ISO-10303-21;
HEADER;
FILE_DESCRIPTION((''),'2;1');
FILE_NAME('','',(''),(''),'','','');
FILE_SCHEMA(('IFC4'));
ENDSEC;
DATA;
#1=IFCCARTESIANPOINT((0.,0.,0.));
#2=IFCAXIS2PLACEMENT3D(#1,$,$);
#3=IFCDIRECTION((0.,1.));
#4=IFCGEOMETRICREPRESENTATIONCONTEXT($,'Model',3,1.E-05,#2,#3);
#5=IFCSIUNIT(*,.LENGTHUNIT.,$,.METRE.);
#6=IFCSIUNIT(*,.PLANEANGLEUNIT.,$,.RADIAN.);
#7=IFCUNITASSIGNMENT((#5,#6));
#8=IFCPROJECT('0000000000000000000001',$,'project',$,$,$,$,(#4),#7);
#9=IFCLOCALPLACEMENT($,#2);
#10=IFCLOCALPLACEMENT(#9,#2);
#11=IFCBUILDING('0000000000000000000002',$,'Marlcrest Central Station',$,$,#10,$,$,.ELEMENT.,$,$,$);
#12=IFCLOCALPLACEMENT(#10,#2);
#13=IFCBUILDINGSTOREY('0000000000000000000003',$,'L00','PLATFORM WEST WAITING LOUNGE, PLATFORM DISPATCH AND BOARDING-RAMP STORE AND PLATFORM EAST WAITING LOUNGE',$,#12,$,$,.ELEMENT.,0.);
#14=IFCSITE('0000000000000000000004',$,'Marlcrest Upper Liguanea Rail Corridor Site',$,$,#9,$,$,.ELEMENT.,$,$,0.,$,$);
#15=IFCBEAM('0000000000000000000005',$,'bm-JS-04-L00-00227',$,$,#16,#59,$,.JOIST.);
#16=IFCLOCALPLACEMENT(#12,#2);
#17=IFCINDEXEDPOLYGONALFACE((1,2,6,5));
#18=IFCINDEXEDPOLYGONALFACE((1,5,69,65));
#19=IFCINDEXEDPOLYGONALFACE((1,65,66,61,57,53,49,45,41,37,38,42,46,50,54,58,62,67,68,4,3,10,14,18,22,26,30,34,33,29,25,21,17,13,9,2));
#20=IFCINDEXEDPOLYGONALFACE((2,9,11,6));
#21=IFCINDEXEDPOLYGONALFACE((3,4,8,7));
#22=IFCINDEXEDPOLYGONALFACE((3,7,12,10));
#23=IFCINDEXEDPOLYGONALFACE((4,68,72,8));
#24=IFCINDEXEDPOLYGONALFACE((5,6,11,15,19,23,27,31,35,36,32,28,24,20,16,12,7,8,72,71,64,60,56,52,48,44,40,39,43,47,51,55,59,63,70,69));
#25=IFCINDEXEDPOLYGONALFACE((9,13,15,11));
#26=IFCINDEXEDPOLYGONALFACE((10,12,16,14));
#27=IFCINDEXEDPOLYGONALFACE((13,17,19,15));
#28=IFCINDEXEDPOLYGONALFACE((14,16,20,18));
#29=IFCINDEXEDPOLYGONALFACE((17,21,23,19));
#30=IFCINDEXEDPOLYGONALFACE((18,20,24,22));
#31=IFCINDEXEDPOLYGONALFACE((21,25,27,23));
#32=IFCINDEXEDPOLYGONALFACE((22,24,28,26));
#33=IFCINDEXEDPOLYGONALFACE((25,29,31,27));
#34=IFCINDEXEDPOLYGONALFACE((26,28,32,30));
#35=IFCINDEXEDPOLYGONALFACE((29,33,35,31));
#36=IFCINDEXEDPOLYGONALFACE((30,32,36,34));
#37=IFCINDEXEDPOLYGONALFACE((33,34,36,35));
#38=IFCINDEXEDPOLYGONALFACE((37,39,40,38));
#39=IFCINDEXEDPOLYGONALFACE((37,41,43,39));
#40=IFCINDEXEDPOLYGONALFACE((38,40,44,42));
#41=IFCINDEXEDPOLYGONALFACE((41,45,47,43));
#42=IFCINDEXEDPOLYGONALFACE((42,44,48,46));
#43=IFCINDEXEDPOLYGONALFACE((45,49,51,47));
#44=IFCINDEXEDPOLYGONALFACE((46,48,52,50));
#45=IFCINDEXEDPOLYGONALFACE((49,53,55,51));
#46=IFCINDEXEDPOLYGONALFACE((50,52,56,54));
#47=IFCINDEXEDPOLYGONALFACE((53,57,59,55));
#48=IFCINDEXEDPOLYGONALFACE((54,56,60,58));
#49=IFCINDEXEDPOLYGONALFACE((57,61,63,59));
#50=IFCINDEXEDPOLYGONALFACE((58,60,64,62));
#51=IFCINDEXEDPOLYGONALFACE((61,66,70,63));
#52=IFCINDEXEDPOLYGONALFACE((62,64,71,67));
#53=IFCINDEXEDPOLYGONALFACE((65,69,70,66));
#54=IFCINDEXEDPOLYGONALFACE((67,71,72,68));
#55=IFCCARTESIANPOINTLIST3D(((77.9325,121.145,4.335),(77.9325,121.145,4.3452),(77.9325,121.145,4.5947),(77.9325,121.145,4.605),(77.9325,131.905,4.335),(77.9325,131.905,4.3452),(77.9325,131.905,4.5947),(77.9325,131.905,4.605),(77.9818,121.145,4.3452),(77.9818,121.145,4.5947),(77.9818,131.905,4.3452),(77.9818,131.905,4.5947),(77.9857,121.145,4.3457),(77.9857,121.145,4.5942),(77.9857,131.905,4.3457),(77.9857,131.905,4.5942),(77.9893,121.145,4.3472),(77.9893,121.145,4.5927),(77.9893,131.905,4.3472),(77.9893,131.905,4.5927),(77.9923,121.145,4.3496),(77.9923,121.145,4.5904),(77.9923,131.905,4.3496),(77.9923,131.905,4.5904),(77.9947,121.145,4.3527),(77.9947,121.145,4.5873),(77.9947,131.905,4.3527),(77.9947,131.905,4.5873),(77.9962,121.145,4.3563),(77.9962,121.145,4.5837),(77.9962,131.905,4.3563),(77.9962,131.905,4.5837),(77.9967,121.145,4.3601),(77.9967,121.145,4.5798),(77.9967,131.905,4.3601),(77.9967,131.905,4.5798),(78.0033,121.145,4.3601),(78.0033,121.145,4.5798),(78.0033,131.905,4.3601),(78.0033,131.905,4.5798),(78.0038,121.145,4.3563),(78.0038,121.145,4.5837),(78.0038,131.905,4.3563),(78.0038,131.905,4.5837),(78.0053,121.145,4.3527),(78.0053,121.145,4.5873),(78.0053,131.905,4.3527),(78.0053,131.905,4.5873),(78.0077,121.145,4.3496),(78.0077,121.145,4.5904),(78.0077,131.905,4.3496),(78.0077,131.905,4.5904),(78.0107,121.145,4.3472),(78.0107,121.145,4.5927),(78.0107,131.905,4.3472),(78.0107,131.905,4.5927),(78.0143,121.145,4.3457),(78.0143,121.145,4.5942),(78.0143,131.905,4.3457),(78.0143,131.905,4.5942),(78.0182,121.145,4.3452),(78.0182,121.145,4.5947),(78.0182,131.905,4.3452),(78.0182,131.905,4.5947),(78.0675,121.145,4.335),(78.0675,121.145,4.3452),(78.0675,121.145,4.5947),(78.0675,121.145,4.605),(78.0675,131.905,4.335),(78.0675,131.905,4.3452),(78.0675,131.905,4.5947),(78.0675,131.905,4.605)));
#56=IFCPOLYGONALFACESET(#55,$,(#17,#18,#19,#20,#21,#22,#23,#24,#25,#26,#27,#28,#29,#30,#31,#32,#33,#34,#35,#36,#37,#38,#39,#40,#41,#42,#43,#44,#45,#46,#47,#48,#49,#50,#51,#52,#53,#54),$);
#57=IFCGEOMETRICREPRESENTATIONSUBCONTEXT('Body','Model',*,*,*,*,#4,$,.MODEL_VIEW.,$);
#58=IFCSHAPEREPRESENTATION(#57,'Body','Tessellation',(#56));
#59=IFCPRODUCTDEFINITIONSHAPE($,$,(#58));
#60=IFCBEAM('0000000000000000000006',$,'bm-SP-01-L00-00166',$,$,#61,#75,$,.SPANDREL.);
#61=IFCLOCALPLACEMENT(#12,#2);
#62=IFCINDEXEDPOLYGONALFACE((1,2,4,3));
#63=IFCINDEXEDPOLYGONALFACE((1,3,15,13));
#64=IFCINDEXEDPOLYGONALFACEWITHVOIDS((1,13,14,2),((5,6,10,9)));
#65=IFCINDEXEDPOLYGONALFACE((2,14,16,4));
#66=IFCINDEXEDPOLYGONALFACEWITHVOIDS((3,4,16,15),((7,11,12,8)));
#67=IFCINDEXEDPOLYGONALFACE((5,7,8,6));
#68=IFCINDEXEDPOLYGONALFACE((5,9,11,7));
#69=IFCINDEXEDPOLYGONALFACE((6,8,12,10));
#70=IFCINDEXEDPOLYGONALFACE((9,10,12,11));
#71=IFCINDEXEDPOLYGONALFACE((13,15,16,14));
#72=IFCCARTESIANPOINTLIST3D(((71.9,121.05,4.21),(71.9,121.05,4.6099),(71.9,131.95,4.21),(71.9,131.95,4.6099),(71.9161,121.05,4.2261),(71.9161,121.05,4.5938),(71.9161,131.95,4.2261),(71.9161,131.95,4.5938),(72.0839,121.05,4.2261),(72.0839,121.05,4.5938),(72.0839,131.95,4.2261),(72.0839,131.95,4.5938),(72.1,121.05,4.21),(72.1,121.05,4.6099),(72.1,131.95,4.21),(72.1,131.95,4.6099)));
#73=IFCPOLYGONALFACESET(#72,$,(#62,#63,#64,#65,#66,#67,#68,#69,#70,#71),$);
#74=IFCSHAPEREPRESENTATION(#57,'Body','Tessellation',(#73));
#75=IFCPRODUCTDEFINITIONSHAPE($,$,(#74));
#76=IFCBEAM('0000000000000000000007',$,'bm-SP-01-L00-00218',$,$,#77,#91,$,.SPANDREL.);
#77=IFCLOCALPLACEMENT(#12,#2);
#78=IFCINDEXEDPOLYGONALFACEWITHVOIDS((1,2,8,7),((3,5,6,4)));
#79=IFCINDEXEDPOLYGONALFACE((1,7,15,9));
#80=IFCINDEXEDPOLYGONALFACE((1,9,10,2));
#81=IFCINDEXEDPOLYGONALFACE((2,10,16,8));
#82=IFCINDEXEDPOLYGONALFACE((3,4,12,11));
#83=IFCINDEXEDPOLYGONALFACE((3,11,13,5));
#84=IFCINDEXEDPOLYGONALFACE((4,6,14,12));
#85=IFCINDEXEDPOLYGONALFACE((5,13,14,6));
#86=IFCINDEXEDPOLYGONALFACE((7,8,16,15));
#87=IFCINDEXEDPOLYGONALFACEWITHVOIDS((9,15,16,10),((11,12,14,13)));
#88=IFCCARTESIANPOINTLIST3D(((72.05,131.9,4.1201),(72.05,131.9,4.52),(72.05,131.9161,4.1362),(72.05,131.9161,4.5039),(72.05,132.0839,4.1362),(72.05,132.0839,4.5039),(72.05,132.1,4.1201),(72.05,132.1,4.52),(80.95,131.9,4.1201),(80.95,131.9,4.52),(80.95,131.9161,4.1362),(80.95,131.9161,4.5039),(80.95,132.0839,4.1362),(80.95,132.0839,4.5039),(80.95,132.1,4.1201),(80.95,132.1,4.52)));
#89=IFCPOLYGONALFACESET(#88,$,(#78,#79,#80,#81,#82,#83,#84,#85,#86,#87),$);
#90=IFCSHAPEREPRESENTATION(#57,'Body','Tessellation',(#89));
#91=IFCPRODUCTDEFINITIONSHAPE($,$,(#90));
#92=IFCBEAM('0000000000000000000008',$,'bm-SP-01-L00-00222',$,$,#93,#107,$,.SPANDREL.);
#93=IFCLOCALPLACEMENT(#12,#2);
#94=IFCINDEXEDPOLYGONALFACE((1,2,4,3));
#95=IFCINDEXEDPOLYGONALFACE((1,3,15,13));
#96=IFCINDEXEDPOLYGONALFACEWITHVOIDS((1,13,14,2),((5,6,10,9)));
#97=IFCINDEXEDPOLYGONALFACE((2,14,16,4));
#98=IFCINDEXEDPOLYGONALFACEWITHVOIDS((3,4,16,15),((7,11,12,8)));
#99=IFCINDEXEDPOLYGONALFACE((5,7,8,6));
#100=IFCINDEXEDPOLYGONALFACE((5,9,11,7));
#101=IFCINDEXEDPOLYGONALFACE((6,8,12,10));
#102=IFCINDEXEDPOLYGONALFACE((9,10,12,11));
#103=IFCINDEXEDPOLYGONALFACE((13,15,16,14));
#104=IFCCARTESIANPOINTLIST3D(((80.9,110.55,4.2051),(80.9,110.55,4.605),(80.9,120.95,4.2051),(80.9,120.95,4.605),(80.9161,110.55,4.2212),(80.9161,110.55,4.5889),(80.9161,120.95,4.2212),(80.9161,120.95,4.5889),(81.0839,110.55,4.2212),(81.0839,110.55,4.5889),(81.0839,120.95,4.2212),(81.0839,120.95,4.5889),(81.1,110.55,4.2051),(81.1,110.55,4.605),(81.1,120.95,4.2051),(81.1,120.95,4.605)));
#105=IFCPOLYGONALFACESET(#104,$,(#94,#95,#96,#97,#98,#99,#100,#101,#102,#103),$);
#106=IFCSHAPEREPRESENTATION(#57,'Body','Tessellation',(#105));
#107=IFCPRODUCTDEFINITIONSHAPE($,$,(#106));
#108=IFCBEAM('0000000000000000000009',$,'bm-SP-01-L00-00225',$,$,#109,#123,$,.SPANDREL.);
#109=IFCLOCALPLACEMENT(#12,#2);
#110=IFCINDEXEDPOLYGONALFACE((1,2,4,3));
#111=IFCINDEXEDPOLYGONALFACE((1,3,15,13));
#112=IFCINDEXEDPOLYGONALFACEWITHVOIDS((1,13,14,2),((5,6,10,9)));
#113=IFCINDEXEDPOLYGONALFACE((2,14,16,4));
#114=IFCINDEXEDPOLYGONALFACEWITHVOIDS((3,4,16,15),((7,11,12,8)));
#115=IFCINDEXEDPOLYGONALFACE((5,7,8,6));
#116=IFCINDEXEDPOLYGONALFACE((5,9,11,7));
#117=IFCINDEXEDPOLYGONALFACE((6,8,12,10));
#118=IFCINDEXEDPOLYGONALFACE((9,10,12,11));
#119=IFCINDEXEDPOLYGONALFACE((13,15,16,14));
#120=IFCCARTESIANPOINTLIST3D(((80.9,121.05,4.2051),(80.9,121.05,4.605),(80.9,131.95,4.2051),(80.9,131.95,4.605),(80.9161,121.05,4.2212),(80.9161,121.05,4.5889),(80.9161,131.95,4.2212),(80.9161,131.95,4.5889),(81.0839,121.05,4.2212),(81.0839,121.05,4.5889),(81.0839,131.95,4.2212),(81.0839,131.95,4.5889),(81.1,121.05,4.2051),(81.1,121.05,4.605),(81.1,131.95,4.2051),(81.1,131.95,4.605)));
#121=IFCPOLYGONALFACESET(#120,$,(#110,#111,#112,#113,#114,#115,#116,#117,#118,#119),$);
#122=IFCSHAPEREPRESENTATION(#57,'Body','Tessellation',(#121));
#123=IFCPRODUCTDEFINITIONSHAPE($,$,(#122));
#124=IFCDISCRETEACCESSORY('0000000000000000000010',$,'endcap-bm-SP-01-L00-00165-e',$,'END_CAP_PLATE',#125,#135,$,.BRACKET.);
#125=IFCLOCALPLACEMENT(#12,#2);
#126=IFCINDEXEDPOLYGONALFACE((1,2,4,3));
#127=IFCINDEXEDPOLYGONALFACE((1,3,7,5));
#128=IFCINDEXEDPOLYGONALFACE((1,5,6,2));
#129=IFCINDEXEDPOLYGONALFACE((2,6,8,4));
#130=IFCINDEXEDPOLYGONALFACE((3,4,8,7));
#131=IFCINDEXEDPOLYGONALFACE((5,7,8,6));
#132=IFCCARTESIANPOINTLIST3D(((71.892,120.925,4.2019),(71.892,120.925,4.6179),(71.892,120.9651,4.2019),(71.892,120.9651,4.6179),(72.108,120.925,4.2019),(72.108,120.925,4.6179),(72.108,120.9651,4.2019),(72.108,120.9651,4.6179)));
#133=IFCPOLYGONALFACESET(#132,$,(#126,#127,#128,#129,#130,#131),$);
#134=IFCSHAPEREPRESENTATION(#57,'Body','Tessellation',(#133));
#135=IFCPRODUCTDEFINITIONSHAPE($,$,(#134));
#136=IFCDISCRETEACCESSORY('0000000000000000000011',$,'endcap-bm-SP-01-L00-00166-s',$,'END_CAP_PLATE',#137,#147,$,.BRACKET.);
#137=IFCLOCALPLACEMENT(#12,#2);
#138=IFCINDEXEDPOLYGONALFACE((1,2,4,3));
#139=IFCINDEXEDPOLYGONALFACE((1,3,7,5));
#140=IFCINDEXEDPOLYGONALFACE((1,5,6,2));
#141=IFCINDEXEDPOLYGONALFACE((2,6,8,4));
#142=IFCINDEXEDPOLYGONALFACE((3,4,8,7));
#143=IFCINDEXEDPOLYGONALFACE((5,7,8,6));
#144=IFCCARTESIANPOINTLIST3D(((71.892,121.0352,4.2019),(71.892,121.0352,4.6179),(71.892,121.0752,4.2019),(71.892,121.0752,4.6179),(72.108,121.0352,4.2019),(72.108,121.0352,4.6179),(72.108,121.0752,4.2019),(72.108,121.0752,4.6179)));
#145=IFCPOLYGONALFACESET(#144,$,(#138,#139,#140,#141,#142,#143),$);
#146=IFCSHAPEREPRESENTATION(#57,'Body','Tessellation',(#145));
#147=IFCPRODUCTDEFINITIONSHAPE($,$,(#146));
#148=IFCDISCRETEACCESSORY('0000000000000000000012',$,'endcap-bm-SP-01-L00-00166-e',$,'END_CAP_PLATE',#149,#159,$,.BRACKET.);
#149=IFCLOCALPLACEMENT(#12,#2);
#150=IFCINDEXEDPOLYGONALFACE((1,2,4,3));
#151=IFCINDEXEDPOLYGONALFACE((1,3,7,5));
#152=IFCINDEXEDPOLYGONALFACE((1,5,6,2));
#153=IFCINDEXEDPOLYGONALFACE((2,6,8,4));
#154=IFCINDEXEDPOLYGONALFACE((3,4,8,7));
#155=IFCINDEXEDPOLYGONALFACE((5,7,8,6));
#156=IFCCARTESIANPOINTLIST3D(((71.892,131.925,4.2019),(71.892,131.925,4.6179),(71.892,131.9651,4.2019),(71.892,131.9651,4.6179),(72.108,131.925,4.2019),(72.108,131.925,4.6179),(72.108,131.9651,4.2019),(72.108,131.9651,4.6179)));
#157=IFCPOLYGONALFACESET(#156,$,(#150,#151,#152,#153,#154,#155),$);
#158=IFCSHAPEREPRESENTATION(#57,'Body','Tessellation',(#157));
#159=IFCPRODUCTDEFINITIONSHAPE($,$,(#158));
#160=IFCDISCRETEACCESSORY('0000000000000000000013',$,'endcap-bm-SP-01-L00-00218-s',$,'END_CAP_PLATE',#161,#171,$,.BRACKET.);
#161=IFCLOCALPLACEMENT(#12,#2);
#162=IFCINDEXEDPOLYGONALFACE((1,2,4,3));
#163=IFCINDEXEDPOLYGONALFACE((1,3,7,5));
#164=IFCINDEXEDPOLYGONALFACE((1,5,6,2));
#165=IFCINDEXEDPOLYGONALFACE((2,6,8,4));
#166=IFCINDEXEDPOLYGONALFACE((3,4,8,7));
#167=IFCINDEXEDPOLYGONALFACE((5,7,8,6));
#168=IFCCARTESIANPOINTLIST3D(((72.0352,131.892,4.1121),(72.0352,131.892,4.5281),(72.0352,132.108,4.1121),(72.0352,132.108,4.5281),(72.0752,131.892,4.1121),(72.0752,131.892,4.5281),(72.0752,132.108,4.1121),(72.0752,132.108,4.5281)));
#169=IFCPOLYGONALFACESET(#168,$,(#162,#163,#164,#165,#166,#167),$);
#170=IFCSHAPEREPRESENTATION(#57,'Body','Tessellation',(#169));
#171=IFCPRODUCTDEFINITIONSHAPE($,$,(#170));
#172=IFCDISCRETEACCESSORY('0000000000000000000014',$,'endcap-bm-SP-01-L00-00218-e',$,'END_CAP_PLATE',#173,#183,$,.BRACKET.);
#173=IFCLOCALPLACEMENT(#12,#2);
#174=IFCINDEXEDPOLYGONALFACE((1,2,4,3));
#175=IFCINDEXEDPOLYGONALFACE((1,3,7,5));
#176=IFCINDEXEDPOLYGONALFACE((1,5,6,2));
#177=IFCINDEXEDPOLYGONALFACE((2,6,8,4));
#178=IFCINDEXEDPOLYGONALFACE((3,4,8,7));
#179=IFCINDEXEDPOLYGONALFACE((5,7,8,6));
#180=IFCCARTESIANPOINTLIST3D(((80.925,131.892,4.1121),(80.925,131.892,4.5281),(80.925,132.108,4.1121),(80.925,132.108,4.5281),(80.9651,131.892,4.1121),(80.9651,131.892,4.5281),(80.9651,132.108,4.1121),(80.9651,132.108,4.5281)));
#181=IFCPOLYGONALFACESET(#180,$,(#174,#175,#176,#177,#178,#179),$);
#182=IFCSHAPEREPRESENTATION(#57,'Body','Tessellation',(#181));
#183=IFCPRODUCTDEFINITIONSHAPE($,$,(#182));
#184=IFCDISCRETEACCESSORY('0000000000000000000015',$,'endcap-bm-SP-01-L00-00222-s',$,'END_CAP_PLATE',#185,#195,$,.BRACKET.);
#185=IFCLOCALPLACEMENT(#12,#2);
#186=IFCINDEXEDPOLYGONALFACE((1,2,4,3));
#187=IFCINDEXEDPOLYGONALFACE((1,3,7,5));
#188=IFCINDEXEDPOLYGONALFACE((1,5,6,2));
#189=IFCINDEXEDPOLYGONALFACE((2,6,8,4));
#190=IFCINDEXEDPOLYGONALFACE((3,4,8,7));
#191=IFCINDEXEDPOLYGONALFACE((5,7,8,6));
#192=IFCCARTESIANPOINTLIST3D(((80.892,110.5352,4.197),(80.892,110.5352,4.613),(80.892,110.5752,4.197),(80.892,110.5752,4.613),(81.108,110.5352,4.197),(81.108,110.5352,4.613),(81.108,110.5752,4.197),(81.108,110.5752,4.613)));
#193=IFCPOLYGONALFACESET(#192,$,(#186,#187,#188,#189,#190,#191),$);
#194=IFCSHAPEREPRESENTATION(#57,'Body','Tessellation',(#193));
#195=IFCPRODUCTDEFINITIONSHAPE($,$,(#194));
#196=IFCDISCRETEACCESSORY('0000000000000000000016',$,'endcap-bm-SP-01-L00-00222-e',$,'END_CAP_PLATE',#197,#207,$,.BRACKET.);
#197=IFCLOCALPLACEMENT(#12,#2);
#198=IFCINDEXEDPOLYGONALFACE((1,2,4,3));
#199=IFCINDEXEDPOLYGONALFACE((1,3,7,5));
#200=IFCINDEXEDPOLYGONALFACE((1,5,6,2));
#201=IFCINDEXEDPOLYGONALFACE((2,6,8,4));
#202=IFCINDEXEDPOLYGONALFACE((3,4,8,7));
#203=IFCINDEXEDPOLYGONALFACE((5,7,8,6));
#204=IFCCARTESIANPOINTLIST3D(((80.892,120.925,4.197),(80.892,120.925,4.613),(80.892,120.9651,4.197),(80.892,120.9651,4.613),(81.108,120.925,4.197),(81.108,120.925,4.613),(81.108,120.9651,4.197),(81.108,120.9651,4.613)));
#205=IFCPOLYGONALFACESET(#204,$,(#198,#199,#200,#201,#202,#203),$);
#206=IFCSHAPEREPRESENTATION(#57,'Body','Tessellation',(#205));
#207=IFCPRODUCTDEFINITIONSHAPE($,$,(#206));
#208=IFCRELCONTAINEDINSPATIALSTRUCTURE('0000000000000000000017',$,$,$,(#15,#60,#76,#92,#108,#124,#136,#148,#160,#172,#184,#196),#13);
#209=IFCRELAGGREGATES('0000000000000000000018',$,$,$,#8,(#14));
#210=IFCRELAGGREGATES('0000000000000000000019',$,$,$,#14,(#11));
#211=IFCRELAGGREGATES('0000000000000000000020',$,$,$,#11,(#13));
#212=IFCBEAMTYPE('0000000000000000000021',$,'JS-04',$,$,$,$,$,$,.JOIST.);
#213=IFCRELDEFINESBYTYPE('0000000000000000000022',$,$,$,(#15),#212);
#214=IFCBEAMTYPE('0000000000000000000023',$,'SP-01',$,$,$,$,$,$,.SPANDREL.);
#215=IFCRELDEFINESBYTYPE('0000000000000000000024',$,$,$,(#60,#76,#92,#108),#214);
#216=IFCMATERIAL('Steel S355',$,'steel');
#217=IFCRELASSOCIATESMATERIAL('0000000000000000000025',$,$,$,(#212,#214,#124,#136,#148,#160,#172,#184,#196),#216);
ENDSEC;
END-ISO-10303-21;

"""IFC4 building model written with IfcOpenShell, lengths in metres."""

from ifc_helpers import new_model, si_unit, direction, frame, origin, origin_2d, place, context, subcontext, project, spatial, rectangle, hollow_rectangle, i_section, extrude, material, material_profile, profile_set, type_object, element, save


model = new_model("IFC4")

# Units and contexts
model_context = context("Model", 3, precision=1e-05, world=origin(), true_north=direction((0.0, 1.0)))
body_context = subcontext(model_context, "Body", "Model", "MODEL_VIEW")
ifc_project = project(units=[si_unit("LENGTHUNIT", "METRE"), si_unit("PLANEANGLEUNIT", "RADIAN")], contexts=[model_context])

# Site, building, storey
site_placement = place(None, origin())
site = spatial("IfcSite", under=ifc_project, at=site_placement, Name="Marlcrest Upper Liguanea Rail Corridor Site", CompositionType="ELEMENT", RefElevation=0.0)
building_placement = place(site_placement, origin())
building = spatial("IfcBuilding", under=site, at=building_placement, Name="Marlcrest Central Station", CompositionType="ELEMENT")
storey_placement = place(building_placement, origin())
storey = spatial("IfcBuildingStorey", under=building, at=storey_placement, Name="L00", Description="PLATFORM WEST WAITING LOUNGE, PLATFORM DISPATCH AND BOARDING-RAMP STORE AND PLATFORM EAST WAITING LOUNGE", CompositionType="ELEMENT", Elevation=0.0)

# Shared definitions
ifc_material_1 = material(Name="Steel S355", Category="steel")

# Beams
ifc_material_profile_1 = material_profile(ifc_material_1, i_section(OverallWidth=0.135, OverallDepth=0.27, WebThickness=0.0066, FlangeThickness=0.0103, FilletRadius=0.0149, at=origin_2d()), Name="IPE 270")
ifc_profile_set_1 = profile_set([ifc_material_profile_1], Name="Steel S355")
beam_type_1 = type_object("IfcBeamType", Name="JS-04", PredefinedType="JOIST", material=ifc_profile_set_1)
for number, where, z_axis, x_axis, name in (
    (1, (78.0, 121.145, 4.47), (0.0, 1.0, 0.0), (-1.0, 0.0, 0.0), "bm-JS-04-L00-00227"),
):
    element("IfcBeam", number, at=place(storey_placement, frame(where, z_axis=z_axis, x_axis=x_axis)), inside=storey, type_object=beam_type_1, Name=name, PredefinedType="JOIST", context=body_context, shape_type="SweptSolid", body=[
        extrude(i_section(OverallWidth=0.135, OverallDepth=0.27, WebThickness=0.0066, FlangeThickness=0.0103, FilletRadius=0.0149, at=origin_2d()), origin(), (0.0, 0.0, 1.0), 10.76),
    ])
ifc_material_profile_2 = material_profile(ifc_material_1, hollow_rectangle(XDim=0.2, YDim=0.3999, WallThickness=0.0161, at=origin_2d()), Name="RHS 400x200x16")
ifc_profile_set_2 = profile_set([ifc_material_profile_2], Name="Steel S355")
beam_type_2 = type_object("IfcBeamType", Name="SP-01", PredefinedType="SPANDREL", material=ifc_profile_set_2)
beam_1_placement = place(storey_placement, frame((72.0, 121.05, 4.4099), z_axis=(0.0, 1.0, 0.0), x_axis=(-1.0, 0.0, 0.0)))
element("IfcBeam", 2, at=beam_1_placement, inside=storey, type_object=beam_type_2, Name="bm-SP-01-L00-00166", PredefinedType="SPANDREL", context=body_context, shape_type="SweptSolid", body=[
    extrude(hollow_rectangle(XDim=0.2, YDim=0.3999, WallThickness=0.0161, at=origin_2d()), origin(), (0.0, 0.0, 1.0), 10.8999),
])
beam_2_placement = place(storey_placement, frame((72.05, 132.0, 4.3201), z_axis=(1.0, 0.0, 0.0), x_axis=(0.0, 1.0, 0.0)))
element("IfcBeam", 3, at=beam_2_placement, inside=storey, type_object=beam_type_2, Name="bm-SP-01-L00-00218", PredefinedType="SPANDREL", context=body_context, shape_type="SweptSolid", body=[
    extrude(hollow_rectangle(XDim=0.2, YDim=0.3999, WallThickness=0.0161, at=origin_2d()), origin(), (0.0, 0.0, 1.0), 8.8999),
])
beam_3_placement = place(storey_placement, frame((81.0, 110.55, 4.405), z_axis=(0.0, 1.0, 0.0), x_axis=(-1.0, 0.0, 0.0)))
element("IfcBeam", 4, at=beam_3_placement, inside=storey, type_object=beam_type_2, Name="bm-SP-01-L00-00222", PredefinedType="SPANDREL", context=body_context, shape_type="SweptSolid", body=[
    extrude(hollow_rectangle(XDim=0.2, YDim=0.3999, WallThickness=0.0161, at=origin_2d()), origin(), (0.0, 0.0, 1.0), 10.3999),
])
beam_4_placement = place(storey_placement, frame((81.0, 121.05, 4.405), z_axis=(0.0, 1.0, 0.0), x_axis=(-1.0, 0.0, 0.0)))
element("IfcBeam", 5, at=beam_4_placement, inside=storey, type_object=beam_type_2, Name="bm-SP-01-L00-00225", PredefinedType="SPANDREL", context=body_context, shape_type="SweptSolid", body=[
    extrude(hollow_rectangle(XDim=0.2, YDim=0.3999, WallThickness=0.0161, at=origin_2d()), origin(), (0.0, 0.0, 1.0), 10.8999),
])

# Discrete accessories
for number, where, z_axis, x_axis, name in (
    (6, (72.0, 120.925, 4.4099), (0.0, 1.0, 0.0), (-1.0, 0.0, 0.0), "endcap-bm-SP-01-L00-00165-e"),
    (7, (72.0, 121.0352, 4.4099), (0.0, 1.0, 0.0), (-1.0, 0.0, 0.0), "endcap-bm-SP-01-L00-00166-s"),
    (8, (72.0, 131.925, 4.4099), (0.0, 1.0, 0.0), (-1.0, 0.0, 0.0), "endcap-bm-SP-01-L00-00166-e"),
    (9, (72.0352, 132.0, 4.3201), (1.0, 0.0, 0.0), (0.0, 1.0, 0.0), "endcap-bm-SP-01-L00-00218-s"),
    (10, (80.925, 132.0, 4.3201), (1.0, 0.0, 0.0), (0.0, 1.0, 0.0), "endcap-bm-SP-01-L00-00218-e"),
    (11, (81.0, 110.5352, 4.405), (0.0, 1.0, 0.0), (-1.0, 0.0, 0.0), "endcap-bm-SP-01-L00-00222-s"),
    (12, (81.0, 120.925, 4.405), (0.0, 1.0, 0.0), (-1.0, 0.0, 0.0), "endcap-bm-SP-01-L00-00222-e"),
):
    element("IfcDiscreteAccessory", number, at=place(storey_placement, frame(where, z_axis=z_axis, x_axis=x_axis)), inside=storey, material=ifc_material_1, Name=name, ObjectType="END_CAP_PLATE", PredefinedType="BRACKET", context=body_context, shape_type="SweptSolid", body=[
        extrude(rectangle(XDim=0.2161, YDim=0.416, at=origin_2d()), origin(), (0.0, 0.0, 1.0), 0.04),
    ])

save(model, "model.ifc")
